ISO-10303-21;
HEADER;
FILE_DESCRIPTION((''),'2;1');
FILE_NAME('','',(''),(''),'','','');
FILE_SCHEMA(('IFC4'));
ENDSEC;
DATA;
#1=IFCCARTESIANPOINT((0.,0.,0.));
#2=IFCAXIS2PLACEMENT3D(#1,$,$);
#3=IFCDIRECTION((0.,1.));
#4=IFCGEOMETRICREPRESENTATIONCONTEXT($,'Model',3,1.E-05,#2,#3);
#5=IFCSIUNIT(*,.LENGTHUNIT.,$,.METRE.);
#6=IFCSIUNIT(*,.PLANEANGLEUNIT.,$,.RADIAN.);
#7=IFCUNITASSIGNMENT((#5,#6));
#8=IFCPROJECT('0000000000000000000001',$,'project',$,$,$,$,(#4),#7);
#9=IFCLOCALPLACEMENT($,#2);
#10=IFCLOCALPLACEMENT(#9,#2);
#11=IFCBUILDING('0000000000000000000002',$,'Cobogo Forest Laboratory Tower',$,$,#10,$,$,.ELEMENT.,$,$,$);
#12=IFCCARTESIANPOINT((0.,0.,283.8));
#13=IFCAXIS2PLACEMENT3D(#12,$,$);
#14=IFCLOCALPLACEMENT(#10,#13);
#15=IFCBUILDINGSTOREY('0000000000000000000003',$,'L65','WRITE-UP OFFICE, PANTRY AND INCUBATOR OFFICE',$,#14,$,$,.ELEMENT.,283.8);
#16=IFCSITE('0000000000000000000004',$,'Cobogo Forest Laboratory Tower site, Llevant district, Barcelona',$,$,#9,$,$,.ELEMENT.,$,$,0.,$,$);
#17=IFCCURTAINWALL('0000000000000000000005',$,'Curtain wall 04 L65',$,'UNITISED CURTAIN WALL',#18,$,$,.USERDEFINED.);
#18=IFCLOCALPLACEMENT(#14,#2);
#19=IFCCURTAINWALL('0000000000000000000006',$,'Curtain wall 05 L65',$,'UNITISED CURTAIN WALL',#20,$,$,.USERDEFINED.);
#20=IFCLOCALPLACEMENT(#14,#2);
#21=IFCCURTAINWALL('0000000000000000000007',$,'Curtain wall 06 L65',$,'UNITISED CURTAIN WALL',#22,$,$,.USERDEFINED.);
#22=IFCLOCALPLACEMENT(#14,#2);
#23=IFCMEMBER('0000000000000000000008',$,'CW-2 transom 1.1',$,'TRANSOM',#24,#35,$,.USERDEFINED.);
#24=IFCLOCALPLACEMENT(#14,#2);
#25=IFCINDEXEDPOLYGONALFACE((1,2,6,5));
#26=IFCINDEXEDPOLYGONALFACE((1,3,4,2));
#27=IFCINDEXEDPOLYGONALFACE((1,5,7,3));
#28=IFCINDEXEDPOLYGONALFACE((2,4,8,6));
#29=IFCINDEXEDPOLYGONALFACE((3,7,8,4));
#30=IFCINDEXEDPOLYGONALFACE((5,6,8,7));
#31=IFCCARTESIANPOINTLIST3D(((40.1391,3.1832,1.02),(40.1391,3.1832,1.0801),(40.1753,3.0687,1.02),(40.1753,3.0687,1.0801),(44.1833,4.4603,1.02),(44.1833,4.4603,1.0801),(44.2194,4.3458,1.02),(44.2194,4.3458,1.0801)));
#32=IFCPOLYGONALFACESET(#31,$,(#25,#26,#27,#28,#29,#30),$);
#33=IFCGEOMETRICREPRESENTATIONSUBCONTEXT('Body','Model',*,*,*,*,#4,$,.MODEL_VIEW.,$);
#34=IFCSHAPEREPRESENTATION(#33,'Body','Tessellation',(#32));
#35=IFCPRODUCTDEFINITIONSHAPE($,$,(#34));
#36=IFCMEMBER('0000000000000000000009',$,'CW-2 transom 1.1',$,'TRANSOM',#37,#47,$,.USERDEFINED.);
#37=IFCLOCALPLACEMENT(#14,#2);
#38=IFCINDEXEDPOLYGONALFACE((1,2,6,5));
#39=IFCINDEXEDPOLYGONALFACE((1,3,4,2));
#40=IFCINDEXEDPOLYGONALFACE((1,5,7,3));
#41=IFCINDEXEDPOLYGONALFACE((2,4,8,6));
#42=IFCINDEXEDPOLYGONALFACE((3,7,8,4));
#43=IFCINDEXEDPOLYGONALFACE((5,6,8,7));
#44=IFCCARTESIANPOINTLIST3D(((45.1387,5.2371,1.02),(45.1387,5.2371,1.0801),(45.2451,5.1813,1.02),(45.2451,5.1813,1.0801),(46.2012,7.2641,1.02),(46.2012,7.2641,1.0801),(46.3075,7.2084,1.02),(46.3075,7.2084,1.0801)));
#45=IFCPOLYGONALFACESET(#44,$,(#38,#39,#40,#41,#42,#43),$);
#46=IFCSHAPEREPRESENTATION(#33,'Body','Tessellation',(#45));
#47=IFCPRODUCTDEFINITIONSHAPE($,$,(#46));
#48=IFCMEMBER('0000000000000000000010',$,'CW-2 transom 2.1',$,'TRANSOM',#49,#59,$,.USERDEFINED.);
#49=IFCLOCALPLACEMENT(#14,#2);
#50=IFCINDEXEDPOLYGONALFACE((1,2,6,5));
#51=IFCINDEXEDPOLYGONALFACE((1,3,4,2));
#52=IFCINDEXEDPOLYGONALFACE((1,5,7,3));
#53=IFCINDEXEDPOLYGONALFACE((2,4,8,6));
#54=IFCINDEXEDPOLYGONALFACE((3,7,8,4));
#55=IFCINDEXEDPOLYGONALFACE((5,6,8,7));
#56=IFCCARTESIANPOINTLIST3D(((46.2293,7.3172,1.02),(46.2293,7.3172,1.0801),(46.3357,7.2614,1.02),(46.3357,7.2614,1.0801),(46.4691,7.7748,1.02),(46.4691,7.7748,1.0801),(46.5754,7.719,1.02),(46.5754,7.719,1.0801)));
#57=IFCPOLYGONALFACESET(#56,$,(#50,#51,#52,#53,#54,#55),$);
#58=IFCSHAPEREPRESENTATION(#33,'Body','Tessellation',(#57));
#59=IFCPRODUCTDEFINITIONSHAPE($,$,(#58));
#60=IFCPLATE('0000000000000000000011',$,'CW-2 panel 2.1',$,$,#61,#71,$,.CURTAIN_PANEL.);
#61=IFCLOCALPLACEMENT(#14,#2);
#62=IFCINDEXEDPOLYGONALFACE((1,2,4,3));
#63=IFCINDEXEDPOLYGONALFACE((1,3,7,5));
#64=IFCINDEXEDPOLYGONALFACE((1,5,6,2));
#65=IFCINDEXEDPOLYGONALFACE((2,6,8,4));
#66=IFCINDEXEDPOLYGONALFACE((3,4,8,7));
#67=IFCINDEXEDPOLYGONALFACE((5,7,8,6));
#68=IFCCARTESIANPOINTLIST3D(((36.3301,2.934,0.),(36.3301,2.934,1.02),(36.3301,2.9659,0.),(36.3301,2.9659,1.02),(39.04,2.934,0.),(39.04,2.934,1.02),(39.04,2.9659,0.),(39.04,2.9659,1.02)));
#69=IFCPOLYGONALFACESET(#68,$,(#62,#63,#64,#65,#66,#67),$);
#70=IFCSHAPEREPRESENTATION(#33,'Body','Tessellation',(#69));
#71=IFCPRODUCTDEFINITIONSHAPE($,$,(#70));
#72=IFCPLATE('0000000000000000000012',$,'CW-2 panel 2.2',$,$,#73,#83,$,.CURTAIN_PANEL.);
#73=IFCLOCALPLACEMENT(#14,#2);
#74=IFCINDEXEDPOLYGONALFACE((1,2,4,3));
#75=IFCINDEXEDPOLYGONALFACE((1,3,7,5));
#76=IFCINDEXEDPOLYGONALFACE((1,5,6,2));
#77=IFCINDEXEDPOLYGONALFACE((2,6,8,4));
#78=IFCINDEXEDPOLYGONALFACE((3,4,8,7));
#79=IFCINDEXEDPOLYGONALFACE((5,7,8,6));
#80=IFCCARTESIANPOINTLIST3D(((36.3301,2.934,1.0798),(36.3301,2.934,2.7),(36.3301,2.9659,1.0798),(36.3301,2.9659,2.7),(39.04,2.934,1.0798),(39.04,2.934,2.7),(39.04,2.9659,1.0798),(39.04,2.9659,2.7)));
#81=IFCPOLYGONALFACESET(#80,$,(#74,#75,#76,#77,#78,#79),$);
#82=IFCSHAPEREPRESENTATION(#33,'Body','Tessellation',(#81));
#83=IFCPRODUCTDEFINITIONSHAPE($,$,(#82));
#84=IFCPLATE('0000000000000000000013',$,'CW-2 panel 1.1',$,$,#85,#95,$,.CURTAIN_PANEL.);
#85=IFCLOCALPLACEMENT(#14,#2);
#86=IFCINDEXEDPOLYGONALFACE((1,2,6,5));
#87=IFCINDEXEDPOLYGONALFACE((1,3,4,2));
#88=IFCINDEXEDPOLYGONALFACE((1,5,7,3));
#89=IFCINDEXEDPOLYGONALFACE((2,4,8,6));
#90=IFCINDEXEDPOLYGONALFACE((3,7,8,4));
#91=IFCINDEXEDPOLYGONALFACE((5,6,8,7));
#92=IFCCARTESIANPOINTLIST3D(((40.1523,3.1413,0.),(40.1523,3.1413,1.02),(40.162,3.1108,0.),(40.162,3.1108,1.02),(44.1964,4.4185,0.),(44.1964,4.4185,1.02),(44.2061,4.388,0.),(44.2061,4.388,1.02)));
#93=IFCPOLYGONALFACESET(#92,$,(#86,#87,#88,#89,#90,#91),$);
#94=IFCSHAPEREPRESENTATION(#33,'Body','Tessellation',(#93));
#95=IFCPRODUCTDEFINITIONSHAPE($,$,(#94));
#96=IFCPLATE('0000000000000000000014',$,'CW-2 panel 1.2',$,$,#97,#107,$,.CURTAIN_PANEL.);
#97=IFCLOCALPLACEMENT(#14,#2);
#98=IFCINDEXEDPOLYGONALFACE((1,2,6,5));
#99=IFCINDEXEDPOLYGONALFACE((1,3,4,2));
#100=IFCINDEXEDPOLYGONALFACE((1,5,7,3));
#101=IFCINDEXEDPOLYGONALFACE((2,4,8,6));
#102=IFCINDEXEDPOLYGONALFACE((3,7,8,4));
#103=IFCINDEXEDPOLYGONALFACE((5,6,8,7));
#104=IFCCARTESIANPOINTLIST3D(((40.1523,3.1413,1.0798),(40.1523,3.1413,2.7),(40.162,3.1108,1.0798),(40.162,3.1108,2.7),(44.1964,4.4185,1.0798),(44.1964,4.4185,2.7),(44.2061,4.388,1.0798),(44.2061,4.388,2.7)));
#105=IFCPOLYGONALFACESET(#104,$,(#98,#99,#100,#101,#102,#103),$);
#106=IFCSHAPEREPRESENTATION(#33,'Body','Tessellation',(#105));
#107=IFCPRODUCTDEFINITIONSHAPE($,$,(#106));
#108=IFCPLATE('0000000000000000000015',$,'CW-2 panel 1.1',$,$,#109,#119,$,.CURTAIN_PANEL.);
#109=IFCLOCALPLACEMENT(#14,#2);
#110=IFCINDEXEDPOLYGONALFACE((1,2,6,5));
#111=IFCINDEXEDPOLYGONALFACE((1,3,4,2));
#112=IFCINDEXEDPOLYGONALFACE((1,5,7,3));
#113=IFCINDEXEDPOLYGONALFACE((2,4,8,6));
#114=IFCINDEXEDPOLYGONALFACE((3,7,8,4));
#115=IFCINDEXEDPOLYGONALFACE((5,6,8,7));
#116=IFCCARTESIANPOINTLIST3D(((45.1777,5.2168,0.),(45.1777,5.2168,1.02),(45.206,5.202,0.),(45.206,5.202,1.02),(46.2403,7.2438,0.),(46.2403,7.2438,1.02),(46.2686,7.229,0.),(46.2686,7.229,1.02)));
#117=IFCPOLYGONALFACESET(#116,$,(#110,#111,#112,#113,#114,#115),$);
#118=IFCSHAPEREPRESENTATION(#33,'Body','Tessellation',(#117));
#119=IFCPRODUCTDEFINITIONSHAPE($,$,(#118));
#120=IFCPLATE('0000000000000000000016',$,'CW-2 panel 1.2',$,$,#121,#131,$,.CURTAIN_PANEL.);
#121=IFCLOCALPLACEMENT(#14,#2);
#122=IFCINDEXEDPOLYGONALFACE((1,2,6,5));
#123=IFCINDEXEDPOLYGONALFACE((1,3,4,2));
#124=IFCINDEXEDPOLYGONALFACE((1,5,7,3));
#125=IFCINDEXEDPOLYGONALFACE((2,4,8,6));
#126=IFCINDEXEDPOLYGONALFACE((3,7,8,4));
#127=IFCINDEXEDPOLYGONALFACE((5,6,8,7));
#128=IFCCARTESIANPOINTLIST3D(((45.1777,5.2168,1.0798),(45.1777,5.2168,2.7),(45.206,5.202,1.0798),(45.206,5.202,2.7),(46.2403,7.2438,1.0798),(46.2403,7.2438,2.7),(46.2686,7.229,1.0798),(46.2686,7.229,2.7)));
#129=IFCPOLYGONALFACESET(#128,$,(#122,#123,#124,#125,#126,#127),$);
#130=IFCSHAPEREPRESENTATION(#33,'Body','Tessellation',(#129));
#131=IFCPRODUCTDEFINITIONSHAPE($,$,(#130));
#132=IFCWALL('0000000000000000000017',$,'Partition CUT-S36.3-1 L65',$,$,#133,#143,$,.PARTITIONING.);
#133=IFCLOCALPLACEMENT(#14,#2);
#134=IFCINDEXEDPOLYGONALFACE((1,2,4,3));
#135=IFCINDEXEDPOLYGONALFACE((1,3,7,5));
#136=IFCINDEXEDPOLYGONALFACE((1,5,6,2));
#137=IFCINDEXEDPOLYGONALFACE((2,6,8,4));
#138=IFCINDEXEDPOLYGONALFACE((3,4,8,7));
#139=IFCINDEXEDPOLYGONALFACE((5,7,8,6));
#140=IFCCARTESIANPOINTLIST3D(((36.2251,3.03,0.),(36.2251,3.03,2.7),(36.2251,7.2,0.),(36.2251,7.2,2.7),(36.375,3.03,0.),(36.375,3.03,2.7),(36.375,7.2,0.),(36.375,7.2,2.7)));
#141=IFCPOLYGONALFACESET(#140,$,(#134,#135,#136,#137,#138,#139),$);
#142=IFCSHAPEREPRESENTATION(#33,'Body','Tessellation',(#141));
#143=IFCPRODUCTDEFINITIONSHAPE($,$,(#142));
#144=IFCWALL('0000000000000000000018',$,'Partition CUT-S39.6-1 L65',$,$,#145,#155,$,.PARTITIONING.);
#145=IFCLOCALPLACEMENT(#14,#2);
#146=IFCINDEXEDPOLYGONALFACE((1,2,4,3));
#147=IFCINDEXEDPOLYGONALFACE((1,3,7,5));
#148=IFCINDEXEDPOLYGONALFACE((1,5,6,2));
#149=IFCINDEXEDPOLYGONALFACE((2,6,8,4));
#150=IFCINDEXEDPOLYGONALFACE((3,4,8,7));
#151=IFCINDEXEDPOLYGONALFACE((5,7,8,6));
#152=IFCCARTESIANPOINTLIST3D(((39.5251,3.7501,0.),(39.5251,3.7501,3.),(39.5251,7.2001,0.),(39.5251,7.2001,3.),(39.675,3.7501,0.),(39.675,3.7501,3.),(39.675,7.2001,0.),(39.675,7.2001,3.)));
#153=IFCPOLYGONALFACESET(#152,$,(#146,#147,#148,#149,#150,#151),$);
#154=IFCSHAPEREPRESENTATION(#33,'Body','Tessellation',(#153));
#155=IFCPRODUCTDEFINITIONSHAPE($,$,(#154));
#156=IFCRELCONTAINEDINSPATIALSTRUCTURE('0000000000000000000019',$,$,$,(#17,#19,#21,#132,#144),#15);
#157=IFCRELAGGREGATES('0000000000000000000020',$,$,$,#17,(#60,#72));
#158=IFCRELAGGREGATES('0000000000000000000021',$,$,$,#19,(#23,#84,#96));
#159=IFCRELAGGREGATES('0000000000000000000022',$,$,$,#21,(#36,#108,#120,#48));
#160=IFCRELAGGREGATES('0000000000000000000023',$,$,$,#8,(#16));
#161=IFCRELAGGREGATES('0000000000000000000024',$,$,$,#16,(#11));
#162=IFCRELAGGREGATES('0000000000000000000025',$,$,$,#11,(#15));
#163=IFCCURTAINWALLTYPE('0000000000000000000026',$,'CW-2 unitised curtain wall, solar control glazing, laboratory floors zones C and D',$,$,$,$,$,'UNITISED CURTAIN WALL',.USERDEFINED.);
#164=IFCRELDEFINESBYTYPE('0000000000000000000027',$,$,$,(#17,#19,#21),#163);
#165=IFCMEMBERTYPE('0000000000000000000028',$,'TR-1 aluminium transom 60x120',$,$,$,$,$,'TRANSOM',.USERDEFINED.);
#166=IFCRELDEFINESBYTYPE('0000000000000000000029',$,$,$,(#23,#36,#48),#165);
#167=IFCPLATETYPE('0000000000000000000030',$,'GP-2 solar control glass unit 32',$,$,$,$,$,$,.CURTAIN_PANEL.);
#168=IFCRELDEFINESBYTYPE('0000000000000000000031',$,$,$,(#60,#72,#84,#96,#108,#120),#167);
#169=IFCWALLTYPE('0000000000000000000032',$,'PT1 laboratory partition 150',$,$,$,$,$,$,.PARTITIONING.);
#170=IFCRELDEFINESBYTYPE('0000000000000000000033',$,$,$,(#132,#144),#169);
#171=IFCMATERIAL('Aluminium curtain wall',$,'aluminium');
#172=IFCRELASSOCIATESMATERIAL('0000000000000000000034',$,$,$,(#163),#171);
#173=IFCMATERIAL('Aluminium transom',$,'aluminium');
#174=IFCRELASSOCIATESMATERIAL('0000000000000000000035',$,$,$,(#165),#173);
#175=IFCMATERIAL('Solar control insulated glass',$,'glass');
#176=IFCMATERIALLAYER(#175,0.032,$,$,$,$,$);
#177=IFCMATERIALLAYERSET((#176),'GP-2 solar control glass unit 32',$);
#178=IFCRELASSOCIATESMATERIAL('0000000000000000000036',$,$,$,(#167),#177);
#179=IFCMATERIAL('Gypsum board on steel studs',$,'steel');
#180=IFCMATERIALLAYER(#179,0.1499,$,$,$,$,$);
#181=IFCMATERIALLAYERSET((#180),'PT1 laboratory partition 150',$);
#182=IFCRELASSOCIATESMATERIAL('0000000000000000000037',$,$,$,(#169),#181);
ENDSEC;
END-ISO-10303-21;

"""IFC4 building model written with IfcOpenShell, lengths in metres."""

from ifc_helpers import new_model, si_unit, direction, frame, frame_2d, origin, origin_2d, place, context, subcontext, project, spatial, rectangle, extrude, material, layer, layer_set, material_profile, profile_set, type_object, element, aggregate, save


model = new_model("IFC4")

# Units and contexts
model_context = context("Model", 3, precision=1e-05, world=origin(), true_north=direction((0.0, 1.0)))
body_context = subcontext(model_context, "Body", "Model", "MODEL_VIEW")
ifc_project = project(units=[si_unit("LENGTHUNIT", "METRE"), si_unit("PLANEANGLEUNIT", "RADIAN")], contexts=[model_context])

# Site, building, storey
site_placement = place(None, origin())
site = spatial("IfcSite", under=ifc_project, at=site_placement, Name="Cobogo Forest Laboratory Tower site, Llevant district, Barcelona", CompositionType="ELEMENT", RefElevation=0.0)
building_placement = place(site_placement, origin())
building = spatial("IfcBuilding", under=site, at=building_placement, Name="Cobogo Forest Laboratory Tower", CompositionType="ELEMENT")
storey_placement = place(building_placement, frame((0.0, 0.0, 283.8)))
storey = spatial("IfcBuildingStorey", under=building, at=storey_placement, Name="L65", Description="WRITE-UP OFFICE, PANTRY AND INCUBATOR OFFICE", CompositionType="ELEMENT", Elevation=283.8)

# Curtain walls
ifc_material_1 = material(Name="Aluminium curtain wall", Category="aluminium")
curtain_wall_type = type_object("IfcCurtainWallType", Name="CW-2 unitised curtain wall, solar control glazing, laboratory floors zones C and D", ElementType="UNITISED CURTAIN WALL", PredefinedType="USERDEFINED", material=ifc_material_1)
curtain_wall_1_placement = place(storey_placement, origin())
curtain_wall_1 = element("IfcCurtainWall", 1, at=curtain_wall_1_placement, inside=storey, type_object=curtain_wall_type, Name="Curtain wall 04 L65", ObjectType="UNITISED CURTAIN WALL", PredefinedType="USERDEFINED")
curtain_wall_2_placement = place(storey_placement, origin())
curtain_wall_2 = element("IfcCurtainWall", 2, at=curtain_wall_2_placement, inside=storey, type_object=curtain_wall_type, Name="Curtain wall 05 L65", ObjectType="UNITISED CURTAIN WALL", PredefinedType="USERDEFINED")
curtain_wall_3_placement = place(storey_placement, origin())
curtain_wall_3 = element("IfcCurtainWall", 3, at=curtain_wall_3_placement, inside=storey, type_object=curtain_wall_type, Name="Curtain wall 06 L65", ObjectType="UNITISED CURTAIN WALL", PredefinedType="USERDEFINED")

# Members
ifc_material_2 = material(Name="Aluminium transom", Category="aluminium")
ifc_material_profile_1 = material_profile(ifc_material_2, rectangle(XDim=0.1201, YDim=0.0601, at=origin_2d()), Name="AL 60x120")
ifc_profile_set_1 = profile_set([ifc_material_profile_1], Name="Aluminium transom")
member_type_1 = type_object("IfcMemberType", Name="TR-1 aluminium transom 60x120", ElementType="TRANSOM", PredefinedType="USERDEFINED", material=ifc_profile_set_1)
member_1_placement = place(storey_placement, frame((40.1572, 3.126, 1.05), z_axis=(0.953584, 0.301129, 0.0), x_axis=(-0.301129, 0.953584, 0.0)))
member_1 = element("IfcMember", 4, at=member_1_placement, type_object=member_type_1, Name="CW-2 transom 1.1", ObjectType="TRANSOM", PredefinedType="USERDEFINED", context=body_context, shape_type="SweptSolid", body=[
    extrude(rectangle(XDim=0.1201, YDim=0.0601, at=origin_2d()), origin(), (0.0, 0.0, 1.0), 4.241),
])
member_2_placement = place(storey_placement, frame((45.1919, 5.2092, 1.05), z_axis=(0.464242, 0.885708, 0.0), x_axis=(-0.885708, 0.464242, 0.0)))
member_2 = element("IfcMember", 5, at=member_2_placement, type_object=member_type_1, Name="CW-2 transom 1.1", ObjectType="TRANSOM", PredefinedType="USERDEFINED", context=body_context, shape_type="SweptSolid", body=[
    extrude(rectangle(XDim=0.1201, YDim=0.0601, at=origin_2d()), origin(), (0.0, 0.0, 1.0), 2.2886),
])
member_3_placement = place(storey_placement, frame((46.2825, 7.2893, 1.05), z_axis=(0.464148, 0.885758, 0.0), x_axis=(-0.885758, 0.464148, 0.0)))
member_3 = element("IfcMember", 6, at=member_3_placement, type_object=member_type_1, Name="CW-2 transom 2.1", ObjectType="TRANSOM", PredefinedType="USERDEFINED", context=body_context, shape_type="SweptSolid", body=[
    extrude(rectangle(XDim=0.1201, YDim=0.0601, at=origin_2d()), origin(), (0.0, 0.0, 1.0), 0.5166),
])

# Plates
ifc_material_3 = material(Name="Solar control insulated glass", Category="glass")
ifc_layer_1 = layer(ifc_material_3, 0.032)
ifc_layer_set_1 = layer_set([ifc_layer_1], Name="GP-2 solar control glass unit 32")
plate_type = type_object("IfcPlateType", Name="GP-2 solar control glass unit 32", PredefinedType="CURTAIN_PANEL", material=ifc_layer_set_1)
plate_1_placement = place(storey_placement, frame((37.6851, 2.95, 0.0), z_axis=(0.0, 0.0, 1.0), x_axis=(1.0, 0.0, 0.0)))
plate_1 = element("IfcPlate", 7, at=plate_1_placement, type_object=plate_type, Name="CW-2 panel 2.1", PredefinedType="CURTAIN_PANEL", context=body_context, shape_type="SweptSolid", body=[
    extrude(rectangle(XDim=2.71, YDim=0.032, at=origin_2d()), origin(), (0.0, 0.0, 1.0), 1.02),
])
plate_2_placement = place(storey_placement, frame((37.6851, 2.95, 1.0798), z_axis=(0.0, 0.0, 1.0), x_axis=(1.0, 0.0, 0.0)))
plate_2 = element("IfcPlate", 8, at=plate_2_placement, type_object=plate_type, Name="CW-2 panel 2.2", PredefinedType="CURTAIN_PANEL", context=body_context, shape_type="SweptSolid", body=[
    extrude(rectangle(XDim=2.71, YDim=0.032, at=origin_2d()), origin(), (0.0, 0.0, 1.0), 1.6201),
])
aggregate(curtain_wall_1, [plate_1, plate_2])
plate_3_placement = place(storey_placement, frame((42.1792, 3.7646, 0.0), z_axis=(0.0, 0.0, 1.0), x_axis=(0.953581, 0.301135, 0.0)))
plate_3 = element("IfcPlate", 9, at=plate_3_placement, type_object=plate_type, Name="CW-2 panel 1.1", PredefinedType="CURTAIN_PANEL", context=body_context, shape_type="SweptSolid", body=[
    extrude(rectangle(XDim=4.241, YDim=0.032, at=origin_2d()), origin(), (0.0, 0.0, 1.0), 1.02),
])
plate_4_placement = place(storey_placement, frame((42.1792, 3.7646, 1.0798), z_axis=(0.0, 0.0, 1.0), x_axis=(0.953581, 0.301135, 0.0)))
plate_4 = element("IfcPlate", 10, at=plate_4_placement, type_object=plate_type, Name="CW-2 panel 1.2", PredefinedType="CURTAIN_PANEL", context=body_context, shape_type="SweptSolid", body=[
    extrude(rectangle(XDim=4.241, YDim=0.032, at=origin_2d()), origin(), (0.0, 0.0, 1.0), 1.6201),
])
aggregate(curtain_wall_2, [member_1, plate_3, plate_4])
plate_5_placement = place(storey_placement, frame((45.7231, 6.2229, 0.0), z_axis=(0.0, 0.0, 1.0), x_axis=(0.464284, 0.885686, 0.0)))
plate_5 = element("IfcPlate", 11, at=plate_5_placement, type_object=plate_type, Name="CW-2 panel 1.1", PredefinedType="CURTAIN_PANEL", context=body_context, shape_type="SweptSolid", body=[
    extrude(rectangle(XDim=2.2886, YDim=0.032, at=origin_2d()), origin(), (0.0, 0.0, 1.0), 1.02),
])
plate_6_placement = place(storey_placement, frame((45.7231, 6.2229, 1.0798), z_axis=(0.0, 0.0, 1.0), x_axis=(0.464284, 0.885686, 0.0)))
plate_6 = element("IfcPlate", 12, at=plate_6_placement, type_object=plate_type, Name="CW-2 panel 1.2", PredefinedType="CURTAIN_PANEL", context=body_context, shape_type="SweptSolid", body=[
    extrude(rectangle(XDim=2.2886, YDim=0.032, at=origin_2d()), origin(), (0.0, 0.0, 1.0), 1.6201),
])
aggregate(curtain_wall_3, [member_2, plate_5, plate_6, member_3])

# Walls
ifc_material_4 = material(Name="Gypsum board on steel studs", Category="steel")
ifc_layer_2 = layer(ifc_material_4, 0.1499)
ifc_layer_set_2 = layer_set([ifc_layer_2], Name="PT1 laboratory partition 150")
wall_type = type_object("IfcWallType", Name="PT1 laboratory partition 150", PredefinedType="PARTITIONING", material=ifc_layer_set_2)
wall_1_placement = place(storey_placement, frame((36.3, 3.03, 0.0), z_axis=(0.0, 0.0, 1.0), x_axis=(0.0, 1.0, 0.0)))
element("IfcWall", 13, at=wall_1_placement, inside=storey, type_object=wall_type, Name="Partition CUT-S36.3-1 L65", PredefinedType="PARTITIONING", context=body_context, shape_type="SweptSolid", body=[
    extrude(rectangle(XDim=4.1699, YDim=0.1499, at=frame_2d((2.085, 0.0))), origin(), (0.0, 0.0, 1.0), 2.7),
])
wall_2_placement = place(storey_placement, frame((39.6001, 3.75, 0.0), z_axis=(0.0, 0.0, 1.0), x_axis=(0.0, 1.0, 0.0)))
element("IfcWall", 14, at=wall_2_placement, inside=storey, type_object=wall_type, Name="Partition CUT-S39.6-1 L65", PredefinedType="PARTITIONING", context=body_context, shape_type="SweptSolid", body=[
    extrude(rectangle(XDim=3.45, YDim=0.1499, at=frame_2d((1.7251, 0.0))), origin(), (0.0, 0.0, 1.0), 3.0),
])

save(model, "model.ifc")
